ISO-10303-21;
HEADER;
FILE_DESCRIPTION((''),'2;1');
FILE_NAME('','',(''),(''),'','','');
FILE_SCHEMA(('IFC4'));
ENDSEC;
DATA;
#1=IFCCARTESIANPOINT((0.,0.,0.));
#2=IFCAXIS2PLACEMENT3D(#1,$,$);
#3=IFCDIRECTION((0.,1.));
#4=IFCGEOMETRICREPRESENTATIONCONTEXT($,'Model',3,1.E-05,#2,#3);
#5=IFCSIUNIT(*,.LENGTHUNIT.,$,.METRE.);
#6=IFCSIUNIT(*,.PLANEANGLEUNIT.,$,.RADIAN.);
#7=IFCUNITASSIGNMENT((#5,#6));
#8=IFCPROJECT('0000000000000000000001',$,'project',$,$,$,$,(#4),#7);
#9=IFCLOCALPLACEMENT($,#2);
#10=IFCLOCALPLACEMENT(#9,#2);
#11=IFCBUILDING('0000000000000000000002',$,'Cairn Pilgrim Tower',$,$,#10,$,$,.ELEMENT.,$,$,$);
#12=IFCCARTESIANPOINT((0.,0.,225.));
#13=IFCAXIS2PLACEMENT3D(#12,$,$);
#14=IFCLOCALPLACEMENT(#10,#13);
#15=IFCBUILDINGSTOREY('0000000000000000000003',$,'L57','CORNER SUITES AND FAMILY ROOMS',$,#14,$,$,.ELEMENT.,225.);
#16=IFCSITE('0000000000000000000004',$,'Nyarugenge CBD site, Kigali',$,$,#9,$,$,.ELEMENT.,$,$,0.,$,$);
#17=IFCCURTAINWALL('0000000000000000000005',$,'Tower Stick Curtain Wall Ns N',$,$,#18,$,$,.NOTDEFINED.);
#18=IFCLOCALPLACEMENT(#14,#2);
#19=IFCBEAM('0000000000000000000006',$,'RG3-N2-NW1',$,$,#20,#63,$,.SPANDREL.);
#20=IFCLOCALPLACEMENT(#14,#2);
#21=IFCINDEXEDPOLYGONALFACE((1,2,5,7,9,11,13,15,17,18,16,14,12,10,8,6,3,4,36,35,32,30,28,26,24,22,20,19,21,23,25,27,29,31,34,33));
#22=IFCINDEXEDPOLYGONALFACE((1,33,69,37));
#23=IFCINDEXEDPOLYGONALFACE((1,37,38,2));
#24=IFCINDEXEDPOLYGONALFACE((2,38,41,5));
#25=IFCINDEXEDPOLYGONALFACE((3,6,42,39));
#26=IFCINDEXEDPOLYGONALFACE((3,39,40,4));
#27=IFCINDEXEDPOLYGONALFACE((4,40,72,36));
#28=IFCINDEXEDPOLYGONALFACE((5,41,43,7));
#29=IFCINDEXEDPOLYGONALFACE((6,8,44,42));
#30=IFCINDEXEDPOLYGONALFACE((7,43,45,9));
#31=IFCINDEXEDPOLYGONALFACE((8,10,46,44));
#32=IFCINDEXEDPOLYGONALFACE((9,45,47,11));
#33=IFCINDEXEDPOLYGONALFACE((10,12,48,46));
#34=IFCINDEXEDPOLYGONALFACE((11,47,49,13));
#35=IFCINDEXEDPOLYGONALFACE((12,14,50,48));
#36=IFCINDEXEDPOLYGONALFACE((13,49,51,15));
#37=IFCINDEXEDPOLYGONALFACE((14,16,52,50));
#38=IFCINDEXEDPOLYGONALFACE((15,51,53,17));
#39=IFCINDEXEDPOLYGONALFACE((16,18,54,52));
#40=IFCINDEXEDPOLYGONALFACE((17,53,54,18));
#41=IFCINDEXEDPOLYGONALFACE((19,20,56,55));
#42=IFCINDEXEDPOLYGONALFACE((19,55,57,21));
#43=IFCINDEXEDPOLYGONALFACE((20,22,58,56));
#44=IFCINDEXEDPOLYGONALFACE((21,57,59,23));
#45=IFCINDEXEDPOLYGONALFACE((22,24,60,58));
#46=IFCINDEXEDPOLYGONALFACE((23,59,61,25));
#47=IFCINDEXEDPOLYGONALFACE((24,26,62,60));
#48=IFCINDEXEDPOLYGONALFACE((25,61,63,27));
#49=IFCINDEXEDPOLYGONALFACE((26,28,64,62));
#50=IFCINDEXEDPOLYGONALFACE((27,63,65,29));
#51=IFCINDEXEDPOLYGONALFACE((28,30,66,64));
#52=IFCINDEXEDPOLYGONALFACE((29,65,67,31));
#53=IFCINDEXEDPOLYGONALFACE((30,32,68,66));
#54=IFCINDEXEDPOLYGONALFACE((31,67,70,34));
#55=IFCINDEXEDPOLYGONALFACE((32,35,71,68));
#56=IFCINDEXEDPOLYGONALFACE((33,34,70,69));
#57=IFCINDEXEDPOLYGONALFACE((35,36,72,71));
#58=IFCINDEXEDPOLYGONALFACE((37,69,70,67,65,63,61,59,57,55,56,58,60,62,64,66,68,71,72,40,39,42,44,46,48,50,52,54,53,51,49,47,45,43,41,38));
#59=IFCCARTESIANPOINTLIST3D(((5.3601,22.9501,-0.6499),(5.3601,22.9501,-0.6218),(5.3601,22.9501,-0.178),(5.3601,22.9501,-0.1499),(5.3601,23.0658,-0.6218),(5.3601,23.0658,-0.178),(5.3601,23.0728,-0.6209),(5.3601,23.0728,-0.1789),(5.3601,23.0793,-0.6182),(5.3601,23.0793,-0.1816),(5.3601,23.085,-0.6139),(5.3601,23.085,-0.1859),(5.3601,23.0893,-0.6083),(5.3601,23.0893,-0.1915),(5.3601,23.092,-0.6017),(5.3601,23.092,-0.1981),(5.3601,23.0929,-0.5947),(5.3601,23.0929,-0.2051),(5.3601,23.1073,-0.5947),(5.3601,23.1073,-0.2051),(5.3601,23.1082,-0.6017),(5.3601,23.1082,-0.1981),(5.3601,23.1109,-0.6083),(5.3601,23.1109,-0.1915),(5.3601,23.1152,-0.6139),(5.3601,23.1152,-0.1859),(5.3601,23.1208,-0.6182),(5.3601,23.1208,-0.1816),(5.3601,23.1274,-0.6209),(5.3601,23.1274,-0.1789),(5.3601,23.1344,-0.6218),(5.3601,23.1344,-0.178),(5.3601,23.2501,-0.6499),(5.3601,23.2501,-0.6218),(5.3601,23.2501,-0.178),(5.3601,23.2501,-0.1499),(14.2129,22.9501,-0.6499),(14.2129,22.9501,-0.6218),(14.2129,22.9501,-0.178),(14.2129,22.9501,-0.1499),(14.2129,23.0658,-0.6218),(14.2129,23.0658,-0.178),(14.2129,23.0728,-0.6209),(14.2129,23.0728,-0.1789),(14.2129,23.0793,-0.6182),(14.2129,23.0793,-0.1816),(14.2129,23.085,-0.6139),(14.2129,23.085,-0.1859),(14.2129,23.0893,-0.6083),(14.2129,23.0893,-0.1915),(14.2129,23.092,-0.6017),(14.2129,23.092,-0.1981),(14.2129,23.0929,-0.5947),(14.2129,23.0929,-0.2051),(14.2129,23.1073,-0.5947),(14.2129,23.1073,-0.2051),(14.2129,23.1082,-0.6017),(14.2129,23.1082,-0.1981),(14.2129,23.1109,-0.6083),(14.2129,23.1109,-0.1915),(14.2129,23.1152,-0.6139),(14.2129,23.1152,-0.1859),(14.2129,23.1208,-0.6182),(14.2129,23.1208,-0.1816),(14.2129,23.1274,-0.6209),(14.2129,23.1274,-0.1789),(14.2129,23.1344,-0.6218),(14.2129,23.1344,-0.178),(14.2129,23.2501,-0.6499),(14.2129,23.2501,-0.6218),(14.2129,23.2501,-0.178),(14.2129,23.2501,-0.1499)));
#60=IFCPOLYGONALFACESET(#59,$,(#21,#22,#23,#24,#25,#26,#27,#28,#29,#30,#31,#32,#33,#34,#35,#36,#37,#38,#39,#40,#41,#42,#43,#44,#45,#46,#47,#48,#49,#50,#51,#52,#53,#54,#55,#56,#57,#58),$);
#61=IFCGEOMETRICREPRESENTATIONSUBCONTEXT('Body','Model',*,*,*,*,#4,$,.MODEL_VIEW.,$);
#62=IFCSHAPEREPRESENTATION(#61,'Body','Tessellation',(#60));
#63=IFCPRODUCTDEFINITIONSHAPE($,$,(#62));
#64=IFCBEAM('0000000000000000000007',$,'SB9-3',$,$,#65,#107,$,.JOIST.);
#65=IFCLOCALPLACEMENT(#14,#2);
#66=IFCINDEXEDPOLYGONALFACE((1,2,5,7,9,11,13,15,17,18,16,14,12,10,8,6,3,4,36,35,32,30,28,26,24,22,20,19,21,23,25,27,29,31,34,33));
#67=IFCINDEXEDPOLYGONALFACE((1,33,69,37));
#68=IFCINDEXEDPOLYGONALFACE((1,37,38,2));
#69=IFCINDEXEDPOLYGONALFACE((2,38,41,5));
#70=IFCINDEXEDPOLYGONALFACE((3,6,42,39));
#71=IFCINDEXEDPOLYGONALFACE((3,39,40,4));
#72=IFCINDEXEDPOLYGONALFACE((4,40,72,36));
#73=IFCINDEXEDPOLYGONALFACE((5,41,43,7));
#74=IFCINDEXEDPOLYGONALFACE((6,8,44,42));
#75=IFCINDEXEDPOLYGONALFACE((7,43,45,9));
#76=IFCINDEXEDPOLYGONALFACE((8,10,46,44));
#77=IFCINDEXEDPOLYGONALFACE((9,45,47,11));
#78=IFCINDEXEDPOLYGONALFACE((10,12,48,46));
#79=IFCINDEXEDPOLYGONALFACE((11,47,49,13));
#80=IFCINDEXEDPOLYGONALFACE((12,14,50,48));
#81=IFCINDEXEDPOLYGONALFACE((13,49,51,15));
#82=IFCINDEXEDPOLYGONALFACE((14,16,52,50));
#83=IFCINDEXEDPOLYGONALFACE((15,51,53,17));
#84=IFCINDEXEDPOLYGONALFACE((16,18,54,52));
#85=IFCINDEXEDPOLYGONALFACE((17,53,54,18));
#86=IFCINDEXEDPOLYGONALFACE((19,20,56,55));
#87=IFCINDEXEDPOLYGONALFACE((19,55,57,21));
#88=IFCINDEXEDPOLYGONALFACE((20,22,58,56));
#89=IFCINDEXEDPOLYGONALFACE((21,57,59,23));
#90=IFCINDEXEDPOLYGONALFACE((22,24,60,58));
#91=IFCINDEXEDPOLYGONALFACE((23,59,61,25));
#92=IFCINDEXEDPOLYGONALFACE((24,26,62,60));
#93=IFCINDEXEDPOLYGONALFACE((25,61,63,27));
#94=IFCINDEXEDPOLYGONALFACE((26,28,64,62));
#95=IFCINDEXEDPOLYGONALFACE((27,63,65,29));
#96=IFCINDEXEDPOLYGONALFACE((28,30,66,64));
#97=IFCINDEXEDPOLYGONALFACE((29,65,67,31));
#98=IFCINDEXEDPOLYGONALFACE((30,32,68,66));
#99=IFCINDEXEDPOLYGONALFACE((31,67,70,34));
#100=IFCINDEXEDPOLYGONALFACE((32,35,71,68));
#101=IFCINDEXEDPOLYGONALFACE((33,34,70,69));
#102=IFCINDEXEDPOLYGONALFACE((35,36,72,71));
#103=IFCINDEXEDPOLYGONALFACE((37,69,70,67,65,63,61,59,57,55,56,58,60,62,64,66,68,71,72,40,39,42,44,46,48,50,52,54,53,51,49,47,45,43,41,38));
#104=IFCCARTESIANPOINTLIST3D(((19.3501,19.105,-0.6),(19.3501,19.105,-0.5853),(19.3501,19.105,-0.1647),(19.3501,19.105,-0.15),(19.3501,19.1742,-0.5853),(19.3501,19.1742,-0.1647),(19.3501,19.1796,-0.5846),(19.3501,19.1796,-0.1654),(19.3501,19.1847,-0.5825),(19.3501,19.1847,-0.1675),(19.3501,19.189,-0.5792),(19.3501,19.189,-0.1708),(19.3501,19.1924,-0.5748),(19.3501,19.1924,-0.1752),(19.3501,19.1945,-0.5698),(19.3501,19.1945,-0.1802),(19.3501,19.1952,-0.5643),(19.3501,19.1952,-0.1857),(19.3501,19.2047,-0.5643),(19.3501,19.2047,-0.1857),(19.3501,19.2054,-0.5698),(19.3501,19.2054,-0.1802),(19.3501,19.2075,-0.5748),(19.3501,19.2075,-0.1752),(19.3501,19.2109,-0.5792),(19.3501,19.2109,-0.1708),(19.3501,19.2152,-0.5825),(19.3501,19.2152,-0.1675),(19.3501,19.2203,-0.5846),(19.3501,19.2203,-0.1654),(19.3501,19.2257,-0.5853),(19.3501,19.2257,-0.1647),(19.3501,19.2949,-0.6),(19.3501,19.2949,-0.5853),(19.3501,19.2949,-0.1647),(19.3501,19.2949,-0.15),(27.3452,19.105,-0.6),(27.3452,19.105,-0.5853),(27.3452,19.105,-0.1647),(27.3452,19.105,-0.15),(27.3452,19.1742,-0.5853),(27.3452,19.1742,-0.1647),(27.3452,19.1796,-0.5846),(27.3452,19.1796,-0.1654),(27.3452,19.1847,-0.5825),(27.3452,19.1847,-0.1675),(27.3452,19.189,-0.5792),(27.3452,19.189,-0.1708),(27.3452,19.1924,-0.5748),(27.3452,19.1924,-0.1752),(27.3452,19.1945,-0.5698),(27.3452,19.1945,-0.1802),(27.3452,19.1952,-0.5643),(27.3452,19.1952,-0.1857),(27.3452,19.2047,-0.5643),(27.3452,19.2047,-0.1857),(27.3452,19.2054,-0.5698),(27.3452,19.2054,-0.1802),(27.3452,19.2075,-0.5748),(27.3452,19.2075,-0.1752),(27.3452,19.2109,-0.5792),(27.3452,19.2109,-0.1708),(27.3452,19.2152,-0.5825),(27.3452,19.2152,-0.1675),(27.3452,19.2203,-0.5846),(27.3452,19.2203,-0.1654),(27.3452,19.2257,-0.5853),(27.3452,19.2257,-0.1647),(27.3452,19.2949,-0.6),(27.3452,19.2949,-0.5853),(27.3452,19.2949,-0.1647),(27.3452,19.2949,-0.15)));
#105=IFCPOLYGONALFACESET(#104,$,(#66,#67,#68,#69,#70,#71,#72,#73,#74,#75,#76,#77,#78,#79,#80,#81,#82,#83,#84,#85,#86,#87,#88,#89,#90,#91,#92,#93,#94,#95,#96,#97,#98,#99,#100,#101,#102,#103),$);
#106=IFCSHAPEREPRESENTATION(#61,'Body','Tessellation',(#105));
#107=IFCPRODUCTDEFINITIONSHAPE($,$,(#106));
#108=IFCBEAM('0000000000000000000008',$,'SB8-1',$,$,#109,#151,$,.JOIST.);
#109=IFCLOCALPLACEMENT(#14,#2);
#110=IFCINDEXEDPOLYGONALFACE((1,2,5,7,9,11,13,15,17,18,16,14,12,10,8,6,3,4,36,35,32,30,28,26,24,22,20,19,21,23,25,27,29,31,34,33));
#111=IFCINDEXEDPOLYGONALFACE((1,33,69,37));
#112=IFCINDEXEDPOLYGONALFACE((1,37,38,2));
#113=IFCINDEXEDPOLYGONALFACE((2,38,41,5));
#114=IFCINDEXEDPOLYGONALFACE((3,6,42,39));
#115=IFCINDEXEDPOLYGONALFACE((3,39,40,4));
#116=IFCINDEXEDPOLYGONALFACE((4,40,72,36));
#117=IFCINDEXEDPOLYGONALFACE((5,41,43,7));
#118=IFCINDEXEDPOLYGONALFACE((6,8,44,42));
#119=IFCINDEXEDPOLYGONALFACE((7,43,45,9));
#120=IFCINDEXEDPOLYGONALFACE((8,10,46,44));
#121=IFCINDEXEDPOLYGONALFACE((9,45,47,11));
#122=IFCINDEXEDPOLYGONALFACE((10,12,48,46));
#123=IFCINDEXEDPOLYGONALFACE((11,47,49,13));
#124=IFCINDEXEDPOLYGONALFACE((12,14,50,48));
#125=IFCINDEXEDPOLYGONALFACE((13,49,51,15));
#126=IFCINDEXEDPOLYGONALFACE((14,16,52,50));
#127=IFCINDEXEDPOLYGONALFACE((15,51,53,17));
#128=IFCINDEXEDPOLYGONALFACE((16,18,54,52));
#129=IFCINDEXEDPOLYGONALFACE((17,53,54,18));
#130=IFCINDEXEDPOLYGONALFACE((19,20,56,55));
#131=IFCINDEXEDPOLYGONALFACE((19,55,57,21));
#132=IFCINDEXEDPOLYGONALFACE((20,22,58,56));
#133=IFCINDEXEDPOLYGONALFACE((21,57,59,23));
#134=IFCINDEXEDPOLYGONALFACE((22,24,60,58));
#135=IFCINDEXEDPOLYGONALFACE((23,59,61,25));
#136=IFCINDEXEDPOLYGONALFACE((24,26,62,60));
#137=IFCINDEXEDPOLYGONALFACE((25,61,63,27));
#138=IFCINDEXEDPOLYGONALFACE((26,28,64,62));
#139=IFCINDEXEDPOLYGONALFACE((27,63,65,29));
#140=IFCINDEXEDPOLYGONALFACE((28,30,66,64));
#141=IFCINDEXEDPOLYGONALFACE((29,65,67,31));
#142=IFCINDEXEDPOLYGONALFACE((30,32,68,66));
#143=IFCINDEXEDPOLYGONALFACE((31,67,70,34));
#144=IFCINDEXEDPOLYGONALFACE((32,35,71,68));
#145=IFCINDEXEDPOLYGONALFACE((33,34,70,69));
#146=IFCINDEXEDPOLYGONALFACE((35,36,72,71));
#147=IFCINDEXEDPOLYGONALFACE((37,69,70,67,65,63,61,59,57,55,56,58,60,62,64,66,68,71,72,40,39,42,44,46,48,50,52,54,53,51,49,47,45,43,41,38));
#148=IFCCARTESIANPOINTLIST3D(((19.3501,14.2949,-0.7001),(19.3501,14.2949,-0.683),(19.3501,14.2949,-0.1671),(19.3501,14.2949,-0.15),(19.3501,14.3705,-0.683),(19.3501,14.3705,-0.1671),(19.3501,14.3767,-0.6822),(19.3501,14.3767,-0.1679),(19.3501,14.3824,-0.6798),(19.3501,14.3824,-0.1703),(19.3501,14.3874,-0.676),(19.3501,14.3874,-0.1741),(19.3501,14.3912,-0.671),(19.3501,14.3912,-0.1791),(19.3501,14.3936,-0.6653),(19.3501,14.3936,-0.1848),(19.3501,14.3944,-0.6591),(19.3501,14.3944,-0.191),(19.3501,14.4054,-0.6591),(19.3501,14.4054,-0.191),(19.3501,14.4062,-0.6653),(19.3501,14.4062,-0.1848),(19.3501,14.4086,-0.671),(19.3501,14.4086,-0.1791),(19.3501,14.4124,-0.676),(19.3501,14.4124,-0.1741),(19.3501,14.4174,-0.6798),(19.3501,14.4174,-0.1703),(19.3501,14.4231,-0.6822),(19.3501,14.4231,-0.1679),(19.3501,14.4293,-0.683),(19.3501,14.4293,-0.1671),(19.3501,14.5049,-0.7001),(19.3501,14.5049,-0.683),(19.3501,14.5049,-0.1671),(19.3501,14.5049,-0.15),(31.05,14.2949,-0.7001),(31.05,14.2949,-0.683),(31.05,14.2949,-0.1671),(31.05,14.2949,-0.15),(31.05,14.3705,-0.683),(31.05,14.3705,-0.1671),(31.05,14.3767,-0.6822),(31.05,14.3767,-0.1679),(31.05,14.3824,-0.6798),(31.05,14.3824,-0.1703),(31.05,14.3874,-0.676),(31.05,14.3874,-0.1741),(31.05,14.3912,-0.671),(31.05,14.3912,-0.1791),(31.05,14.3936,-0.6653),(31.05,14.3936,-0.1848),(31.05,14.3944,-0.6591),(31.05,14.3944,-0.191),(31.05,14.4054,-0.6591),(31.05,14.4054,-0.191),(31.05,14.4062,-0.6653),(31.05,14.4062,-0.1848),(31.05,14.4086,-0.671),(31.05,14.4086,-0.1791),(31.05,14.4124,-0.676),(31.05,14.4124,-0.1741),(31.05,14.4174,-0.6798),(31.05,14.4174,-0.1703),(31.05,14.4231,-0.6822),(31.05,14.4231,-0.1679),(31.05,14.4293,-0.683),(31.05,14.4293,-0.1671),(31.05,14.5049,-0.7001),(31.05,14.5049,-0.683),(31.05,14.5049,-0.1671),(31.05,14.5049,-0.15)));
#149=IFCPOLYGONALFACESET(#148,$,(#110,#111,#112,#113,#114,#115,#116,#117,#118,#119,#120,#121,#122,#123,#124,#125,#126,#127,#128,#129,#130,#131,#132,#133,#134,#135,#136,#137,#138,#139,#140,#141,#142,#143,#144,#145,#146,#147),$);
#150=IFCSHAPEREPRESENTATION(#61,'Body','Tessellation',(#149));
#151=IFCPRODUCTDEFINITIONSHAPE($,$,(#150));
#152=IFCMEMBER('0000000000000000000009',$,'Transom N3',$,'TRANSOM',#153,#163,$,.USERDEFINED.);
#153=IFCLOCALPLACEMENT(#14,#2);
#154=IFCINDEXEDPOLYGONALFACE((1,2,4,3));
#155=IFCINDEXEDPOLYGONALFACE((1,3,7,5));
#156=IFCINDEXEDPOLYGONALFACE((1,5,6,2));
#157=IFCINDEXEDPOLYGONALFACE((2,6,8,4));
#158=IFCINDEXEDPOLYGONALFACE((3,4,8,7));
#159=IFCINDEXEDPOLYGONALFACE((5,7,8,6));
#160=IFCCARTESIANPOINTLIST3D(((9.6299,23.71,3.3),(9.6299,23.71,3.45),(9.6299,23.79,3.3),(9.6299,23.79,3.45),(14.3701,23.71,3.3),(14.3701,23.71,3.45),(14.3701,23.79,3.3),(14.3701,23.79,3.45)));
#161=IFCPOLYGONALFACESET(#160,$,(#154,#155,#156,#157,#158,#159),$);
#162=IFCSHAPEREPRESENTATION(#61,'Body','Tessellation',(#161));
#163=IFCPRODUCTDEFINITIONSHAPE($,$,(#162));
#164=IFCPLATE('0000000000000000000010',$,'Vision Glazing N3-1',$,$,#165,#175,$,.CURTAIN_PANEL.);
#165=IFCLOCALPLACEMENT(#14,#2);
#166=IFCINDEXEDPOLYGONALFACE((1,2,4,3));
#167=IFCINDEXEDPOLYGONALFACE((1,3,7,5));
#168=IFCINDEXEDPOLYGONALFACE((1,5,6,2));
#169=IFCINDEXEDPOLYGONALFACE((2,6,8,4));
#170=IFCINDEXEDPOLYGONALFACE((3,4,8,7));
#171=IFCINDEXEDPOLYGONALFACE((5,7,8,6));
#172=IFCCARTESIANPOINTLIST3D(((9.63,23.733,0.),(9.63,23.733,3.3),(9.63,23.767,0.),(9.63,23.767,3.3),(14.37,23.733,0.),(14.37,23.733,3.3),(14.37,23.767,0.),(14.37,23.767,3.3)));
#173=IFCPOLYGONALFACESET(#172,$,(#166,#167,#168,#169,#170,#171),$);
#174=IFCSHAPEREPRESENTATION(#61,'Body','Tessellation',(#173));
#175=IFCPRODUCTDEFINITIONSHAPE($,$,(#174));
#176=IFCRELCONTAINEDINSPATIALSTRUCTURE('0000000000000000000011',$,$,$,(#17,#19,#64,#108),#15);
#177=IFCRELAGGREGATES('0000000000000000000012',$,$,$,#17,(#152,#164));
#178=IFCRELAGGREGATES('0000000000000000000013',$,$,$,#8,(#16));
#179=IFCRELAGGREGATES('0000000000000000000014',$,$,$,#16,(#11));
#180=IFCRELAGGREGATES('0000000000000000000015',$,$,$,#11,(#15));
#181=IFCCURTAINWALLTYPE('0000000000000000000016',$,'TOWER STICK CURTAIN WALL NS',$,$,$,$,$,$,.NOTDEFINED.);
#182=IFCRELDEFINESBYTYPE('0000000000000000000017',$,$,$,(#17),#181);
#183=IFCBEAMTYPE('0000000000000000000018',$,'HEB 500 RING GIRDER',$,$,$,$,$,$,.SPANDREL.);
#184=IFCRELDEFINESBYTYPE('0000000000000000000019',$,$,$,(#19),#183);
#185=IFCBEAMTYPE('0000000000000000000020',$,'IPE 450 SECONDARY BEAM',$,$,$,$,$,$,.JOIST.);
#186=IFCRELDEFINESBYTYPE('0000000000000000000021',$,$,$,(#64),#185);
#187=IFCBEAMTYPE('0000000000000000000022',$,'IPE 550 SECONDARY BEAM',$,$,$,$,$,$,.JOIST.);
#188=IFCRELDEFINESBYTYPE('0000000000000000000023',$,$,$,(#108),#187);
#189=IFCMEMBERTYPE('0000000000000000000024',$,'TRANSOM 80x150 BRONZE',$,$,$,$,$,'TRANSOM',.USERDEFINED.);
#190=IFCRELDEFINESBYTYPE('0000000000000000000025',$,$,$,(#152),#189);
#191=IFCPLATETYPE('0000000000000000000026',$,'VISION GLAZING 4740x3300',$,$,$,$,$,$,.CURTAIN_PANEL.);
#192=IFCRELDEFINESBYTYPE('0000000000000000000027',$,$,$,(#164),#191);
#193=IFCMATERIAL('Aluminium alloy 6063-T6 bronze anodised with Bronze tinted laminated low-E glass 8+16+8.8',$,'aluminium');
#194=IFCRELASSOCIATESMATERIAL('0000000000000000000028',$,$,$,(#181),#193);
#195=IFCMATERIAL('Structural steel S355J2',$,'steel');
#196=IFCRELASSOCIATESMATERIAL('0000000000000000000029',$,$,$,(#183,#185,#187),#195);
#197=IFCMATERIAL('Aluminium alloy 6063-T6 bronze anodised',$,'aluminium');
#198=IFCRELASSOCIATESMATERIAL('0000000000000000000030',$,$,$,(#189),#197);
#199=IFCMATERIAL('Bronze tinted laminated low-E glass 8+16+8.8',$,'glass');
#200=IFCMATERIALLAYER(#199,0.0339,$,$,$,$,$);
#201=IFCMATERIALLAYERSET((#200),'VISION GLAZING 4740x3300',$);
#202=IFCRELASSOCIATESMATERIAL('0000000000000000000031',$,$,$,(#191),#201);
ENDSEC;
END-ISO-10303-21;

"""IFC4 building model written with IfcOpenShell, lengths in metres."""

from ifc_helpers import new_model, si_unit, direction, frame, origin, origin_2d, place, context, subcontext, project, spatial, rectangle, i_section, extrude, material, layer, layer_set, material_profile, profile_set, type_object, element, aggregate, save


model = new_model("IFC4")

# Units and contexts
model_context = context("Model", 3, precision=1e-05, world=origin(), true_north=direction((0.0, 1.0)))
body_context = subcontext(model_context, "Body", "Model", "MODEL_VIEW")
ifc_project = project(units=[si_unit("LENGTHUNIT", "METRE"), si_unit("PLANEANGLEUNIT", "RADIAN")], contexts=[model_context])

# Site, building, storey
site_placement = place(None, origin())
site = spatial("IfcSite", under=ifc_project, at=site_placement, Name="Nyarugenge CBD site, Kigali", CompositionType="ELEMENT", RefElevation=0.0)
building_placement = place(site_placement, origin())
building = spatial("IfcBuilding", under=site, at=building_placement, Name="Cairn Pilgrim Tower", CompositionType="ELEMENT")
storey_placement = place(building_placement, frame((0.0, 0.0, 225.0)))
storey = spatial("IfcBuildingStorey", under=building, at=storey_placement, Name="L57", Description="CORNER SUITES AND FAMILY ROOMS", CompositionType="ELEMENT", Elevation=225.0)

# Shared definitions
ifc_material_1 = material(Name="Structural steel S355J2", Category="steel")

# Curtain wall
ifc_material_2 = material(Name="Aluminium alloy 6063-T6 bronze anodised with Bronze tinted laminated low-E glass 8+16+8.8", Category="aluminium")
curtain_wall_type = type_object("IfcCurtainWallType", Name="TOWER STICK CURTAIN WALL NS", PredefinedType="NOTDEFINED", material=ifc_material_2)
curtain_wall_placement = place(storey_placement, origin())
curtain_wall = element("IfcCurtainWall", 1, at=curtain_wall_placement, inside=storey, type_object=curtain_wall_type, Name="Tower Stick Curtain Wall Ns N", PredefinedType="NOTDEFINED")
ifc_material_3 = material(Name="Aluminium alloy 6063-T6 bronze anodised", Category="aluminium")

# Beams
ifc_material_profile_1 = material_profile(ifc_material_1, i_section(OverallWidth=0.3, OverallDepth=0.5, WebThickness=0.0144, FlangeThickness=0.0281, FilletRadius=0.0271, at=origin_2d()), Name="HEB 500")
ifc_profile_set_1 = profile_set([ifc_material_profile_1], Name="Structural steel S355J2")
beam_type_1 = type_object("IfcBeamType", Name="HEB 500 RING GIRDER", PredefinedType="SPANDREL", material=ifc_profile_set_1)
beam_1_placement = place(storey_placement, frame((14.2129, 23.1001, -0.3999), z_axis=(-1.0, 0.0, 0.0), x_axis=(0.0, -1.0, 0.0)))
element("IfcBeam", 2, at=beam_1_placement, inside=storey, type_object=beam_type_1, Name="RG3-N2-NW1", PredefinedType="SPANDREL", context=body_context, shape_type="SweptSolid", body=[
    extrude(i_section(OverallWidth=0.3, OverallDepth=0.5, WebThickness=0.0144, FlangeThickness=0.0281, FilletRadius=0.0271, at=origin_2d()), origin(), (0.0, 0.0, 1.0), 8.8528),
])
ifc_material_profile_2 = material_profile(ifc_material_1, i_section(OverallWidth=0.1899, OverallDepth=0.45, WebThickness=0.0095, FlangeThickness=0.0146, FilletRadius=0.021, at=origin_2d()), Name="IPE 450")
ifc_profile_set_2 = profile_set([ifc_material_profile_2], Name="Structural steel S355J2")
beam_type_2 = type_object("IfcBeamType", Name="IPE 450 SECONDARY BEAM", PredefinedType="JOIST", material=ifc_profile_set_2)
beam_2_placement = place(storey_placement, frame((19.3501, 19.2, -0.375), z_axis=(1.0, 0.0, 0.0), x_axis=(0.0, 1.0, 0.0)))
element("IfcBeam", 3, at=beam_2_placement, inside=storey, type_object=beam_type_2, Name="SB9-3", PredefinedType="JOIST", context=body_context, shape_type="SweptSolid", body=[
    extrude(i_section(OverallWidth=0.1899, OverallDepth=0.45, WebThickness=0.0095, FlangeThickness=0.0146, FilletRadius=0.021, at=origin_2d()), origin(), (0.0, 0.0, 1.0), 7.9951),
])
ifc_material_profile_3 = material_profile(ifc_material_1, i_section(OverallWidth=0.21, OverallDepth=0.55, WebThickness=0.011, FlangeThickness=0.0171, FilletRadius=0.0239, at=origin_2d()), Name="IPE 550")
ifc_profile_set_3 = profile_set([ifc_material_profile_3], Name="Structural steel S355J2")
beam_type_3 = type_object("IfcBeamType", Name="IPE 550 SECONDARY BEAM", PredefinedType="JOIST", material=ifc_profile_set_3)
beam_3_placement = place(storey_placement, frame((19.3501, 14.3999, -0.425), z_axis=(1.0, 0.0, 0.0), x_axis=(0.0, 1.0, 0.0)))
element("IfcBeam", 4, at=beam_3_placement, inside=storey, type_object=beam_type_3, Name="SB8-1", PredefinedType="JOIST", context=body_context, shape_type="SweptSolid", body=[
    extrude(i_section(OverallWidth=0.21, OverallDepth=0.55, WebThickness=0.011, FlangeThickness=0.0171, FilletRadius=0.0239, at=origin_2d()), origin(), (0.0, 0.0, 1.0), 11.7),
])

# Member
ifc_material_profile_4 = material_profile(ifc_material_3, rectangle(XDim=0.0801, YDim=0.1499, at=origin_2d()), Name="TRANSOM 80x150 BRONZE")
ifc_profile_set_4 = profile_set([ifc_material_profile_4], Name="Aluminium alloy 6063-T6 bronze anodised")
member_type_1 = type_object("IfcMemberType", Name="TRANSOM 80x150 BRONZE", ElementType="TRANSOM", PredefinedType="USERDEFINED", material=ifc_profile_set_4)
member_1_placement = place(storey_placement, frame((14.3701, 23.75, 3.375), z_axis=(-1.0, 0.0, 0.0), x_axis=(0.0, -1.0, 0.0)))
member_1 = element("IfcMember", 5, at=member_1_placement, type_object=member_type_1, Name="Transom N3", ObjectType="TRANSOM", PredefinedType="USERDEFINED", context=body_context, shape_type="SweptSolid", body=[
    extrude(rectangle(XDim=0.0801, YDim=0.1499, at=origin_2d()), origin(), (0.0, 0.0, 1.0), 4.7402),
])

# Plate
ifc_material_4 = material(Name="Bronze tinted laminated low-E glass 8+16+8.8", Category="glass")
ifc_layer_1 = layer(ifc_material_4, 0.0339)
ifc_layer_set_1 = layer_set([ifc_layer_1], Name="VISION GLAZING 4740x3300")
plate_type = type_object("IfcPlateType", Name="VISION GLAZING 4740x3300", PredefinedType="CURTAIN_PANEL", material=ifc_layer_set_1)
plate_placement = place(storey_placement, frame((12.0, 23.75, 0.0), z_axis=(0.0, 0.0, 1.0), x_axis=(-1.0, 0.0, 0.0)))
plate = element("IfcPlate", 6, at=plate_placement, type_object=plate_type, Name="Vision Glazing N3-1", PredefinedType="CURTAIN_PANEL", context=body_context, shape_type="SweptSolid", body=[
    extrude(rectangle(XDim=4.74, YDim=0.0339, at=origin_2d()), origin(), (0.0, 0.0, 1.0), 3.3),
])
aggregate(curtain_wall, [member_1, plate])

save(model, "model.ifc")
